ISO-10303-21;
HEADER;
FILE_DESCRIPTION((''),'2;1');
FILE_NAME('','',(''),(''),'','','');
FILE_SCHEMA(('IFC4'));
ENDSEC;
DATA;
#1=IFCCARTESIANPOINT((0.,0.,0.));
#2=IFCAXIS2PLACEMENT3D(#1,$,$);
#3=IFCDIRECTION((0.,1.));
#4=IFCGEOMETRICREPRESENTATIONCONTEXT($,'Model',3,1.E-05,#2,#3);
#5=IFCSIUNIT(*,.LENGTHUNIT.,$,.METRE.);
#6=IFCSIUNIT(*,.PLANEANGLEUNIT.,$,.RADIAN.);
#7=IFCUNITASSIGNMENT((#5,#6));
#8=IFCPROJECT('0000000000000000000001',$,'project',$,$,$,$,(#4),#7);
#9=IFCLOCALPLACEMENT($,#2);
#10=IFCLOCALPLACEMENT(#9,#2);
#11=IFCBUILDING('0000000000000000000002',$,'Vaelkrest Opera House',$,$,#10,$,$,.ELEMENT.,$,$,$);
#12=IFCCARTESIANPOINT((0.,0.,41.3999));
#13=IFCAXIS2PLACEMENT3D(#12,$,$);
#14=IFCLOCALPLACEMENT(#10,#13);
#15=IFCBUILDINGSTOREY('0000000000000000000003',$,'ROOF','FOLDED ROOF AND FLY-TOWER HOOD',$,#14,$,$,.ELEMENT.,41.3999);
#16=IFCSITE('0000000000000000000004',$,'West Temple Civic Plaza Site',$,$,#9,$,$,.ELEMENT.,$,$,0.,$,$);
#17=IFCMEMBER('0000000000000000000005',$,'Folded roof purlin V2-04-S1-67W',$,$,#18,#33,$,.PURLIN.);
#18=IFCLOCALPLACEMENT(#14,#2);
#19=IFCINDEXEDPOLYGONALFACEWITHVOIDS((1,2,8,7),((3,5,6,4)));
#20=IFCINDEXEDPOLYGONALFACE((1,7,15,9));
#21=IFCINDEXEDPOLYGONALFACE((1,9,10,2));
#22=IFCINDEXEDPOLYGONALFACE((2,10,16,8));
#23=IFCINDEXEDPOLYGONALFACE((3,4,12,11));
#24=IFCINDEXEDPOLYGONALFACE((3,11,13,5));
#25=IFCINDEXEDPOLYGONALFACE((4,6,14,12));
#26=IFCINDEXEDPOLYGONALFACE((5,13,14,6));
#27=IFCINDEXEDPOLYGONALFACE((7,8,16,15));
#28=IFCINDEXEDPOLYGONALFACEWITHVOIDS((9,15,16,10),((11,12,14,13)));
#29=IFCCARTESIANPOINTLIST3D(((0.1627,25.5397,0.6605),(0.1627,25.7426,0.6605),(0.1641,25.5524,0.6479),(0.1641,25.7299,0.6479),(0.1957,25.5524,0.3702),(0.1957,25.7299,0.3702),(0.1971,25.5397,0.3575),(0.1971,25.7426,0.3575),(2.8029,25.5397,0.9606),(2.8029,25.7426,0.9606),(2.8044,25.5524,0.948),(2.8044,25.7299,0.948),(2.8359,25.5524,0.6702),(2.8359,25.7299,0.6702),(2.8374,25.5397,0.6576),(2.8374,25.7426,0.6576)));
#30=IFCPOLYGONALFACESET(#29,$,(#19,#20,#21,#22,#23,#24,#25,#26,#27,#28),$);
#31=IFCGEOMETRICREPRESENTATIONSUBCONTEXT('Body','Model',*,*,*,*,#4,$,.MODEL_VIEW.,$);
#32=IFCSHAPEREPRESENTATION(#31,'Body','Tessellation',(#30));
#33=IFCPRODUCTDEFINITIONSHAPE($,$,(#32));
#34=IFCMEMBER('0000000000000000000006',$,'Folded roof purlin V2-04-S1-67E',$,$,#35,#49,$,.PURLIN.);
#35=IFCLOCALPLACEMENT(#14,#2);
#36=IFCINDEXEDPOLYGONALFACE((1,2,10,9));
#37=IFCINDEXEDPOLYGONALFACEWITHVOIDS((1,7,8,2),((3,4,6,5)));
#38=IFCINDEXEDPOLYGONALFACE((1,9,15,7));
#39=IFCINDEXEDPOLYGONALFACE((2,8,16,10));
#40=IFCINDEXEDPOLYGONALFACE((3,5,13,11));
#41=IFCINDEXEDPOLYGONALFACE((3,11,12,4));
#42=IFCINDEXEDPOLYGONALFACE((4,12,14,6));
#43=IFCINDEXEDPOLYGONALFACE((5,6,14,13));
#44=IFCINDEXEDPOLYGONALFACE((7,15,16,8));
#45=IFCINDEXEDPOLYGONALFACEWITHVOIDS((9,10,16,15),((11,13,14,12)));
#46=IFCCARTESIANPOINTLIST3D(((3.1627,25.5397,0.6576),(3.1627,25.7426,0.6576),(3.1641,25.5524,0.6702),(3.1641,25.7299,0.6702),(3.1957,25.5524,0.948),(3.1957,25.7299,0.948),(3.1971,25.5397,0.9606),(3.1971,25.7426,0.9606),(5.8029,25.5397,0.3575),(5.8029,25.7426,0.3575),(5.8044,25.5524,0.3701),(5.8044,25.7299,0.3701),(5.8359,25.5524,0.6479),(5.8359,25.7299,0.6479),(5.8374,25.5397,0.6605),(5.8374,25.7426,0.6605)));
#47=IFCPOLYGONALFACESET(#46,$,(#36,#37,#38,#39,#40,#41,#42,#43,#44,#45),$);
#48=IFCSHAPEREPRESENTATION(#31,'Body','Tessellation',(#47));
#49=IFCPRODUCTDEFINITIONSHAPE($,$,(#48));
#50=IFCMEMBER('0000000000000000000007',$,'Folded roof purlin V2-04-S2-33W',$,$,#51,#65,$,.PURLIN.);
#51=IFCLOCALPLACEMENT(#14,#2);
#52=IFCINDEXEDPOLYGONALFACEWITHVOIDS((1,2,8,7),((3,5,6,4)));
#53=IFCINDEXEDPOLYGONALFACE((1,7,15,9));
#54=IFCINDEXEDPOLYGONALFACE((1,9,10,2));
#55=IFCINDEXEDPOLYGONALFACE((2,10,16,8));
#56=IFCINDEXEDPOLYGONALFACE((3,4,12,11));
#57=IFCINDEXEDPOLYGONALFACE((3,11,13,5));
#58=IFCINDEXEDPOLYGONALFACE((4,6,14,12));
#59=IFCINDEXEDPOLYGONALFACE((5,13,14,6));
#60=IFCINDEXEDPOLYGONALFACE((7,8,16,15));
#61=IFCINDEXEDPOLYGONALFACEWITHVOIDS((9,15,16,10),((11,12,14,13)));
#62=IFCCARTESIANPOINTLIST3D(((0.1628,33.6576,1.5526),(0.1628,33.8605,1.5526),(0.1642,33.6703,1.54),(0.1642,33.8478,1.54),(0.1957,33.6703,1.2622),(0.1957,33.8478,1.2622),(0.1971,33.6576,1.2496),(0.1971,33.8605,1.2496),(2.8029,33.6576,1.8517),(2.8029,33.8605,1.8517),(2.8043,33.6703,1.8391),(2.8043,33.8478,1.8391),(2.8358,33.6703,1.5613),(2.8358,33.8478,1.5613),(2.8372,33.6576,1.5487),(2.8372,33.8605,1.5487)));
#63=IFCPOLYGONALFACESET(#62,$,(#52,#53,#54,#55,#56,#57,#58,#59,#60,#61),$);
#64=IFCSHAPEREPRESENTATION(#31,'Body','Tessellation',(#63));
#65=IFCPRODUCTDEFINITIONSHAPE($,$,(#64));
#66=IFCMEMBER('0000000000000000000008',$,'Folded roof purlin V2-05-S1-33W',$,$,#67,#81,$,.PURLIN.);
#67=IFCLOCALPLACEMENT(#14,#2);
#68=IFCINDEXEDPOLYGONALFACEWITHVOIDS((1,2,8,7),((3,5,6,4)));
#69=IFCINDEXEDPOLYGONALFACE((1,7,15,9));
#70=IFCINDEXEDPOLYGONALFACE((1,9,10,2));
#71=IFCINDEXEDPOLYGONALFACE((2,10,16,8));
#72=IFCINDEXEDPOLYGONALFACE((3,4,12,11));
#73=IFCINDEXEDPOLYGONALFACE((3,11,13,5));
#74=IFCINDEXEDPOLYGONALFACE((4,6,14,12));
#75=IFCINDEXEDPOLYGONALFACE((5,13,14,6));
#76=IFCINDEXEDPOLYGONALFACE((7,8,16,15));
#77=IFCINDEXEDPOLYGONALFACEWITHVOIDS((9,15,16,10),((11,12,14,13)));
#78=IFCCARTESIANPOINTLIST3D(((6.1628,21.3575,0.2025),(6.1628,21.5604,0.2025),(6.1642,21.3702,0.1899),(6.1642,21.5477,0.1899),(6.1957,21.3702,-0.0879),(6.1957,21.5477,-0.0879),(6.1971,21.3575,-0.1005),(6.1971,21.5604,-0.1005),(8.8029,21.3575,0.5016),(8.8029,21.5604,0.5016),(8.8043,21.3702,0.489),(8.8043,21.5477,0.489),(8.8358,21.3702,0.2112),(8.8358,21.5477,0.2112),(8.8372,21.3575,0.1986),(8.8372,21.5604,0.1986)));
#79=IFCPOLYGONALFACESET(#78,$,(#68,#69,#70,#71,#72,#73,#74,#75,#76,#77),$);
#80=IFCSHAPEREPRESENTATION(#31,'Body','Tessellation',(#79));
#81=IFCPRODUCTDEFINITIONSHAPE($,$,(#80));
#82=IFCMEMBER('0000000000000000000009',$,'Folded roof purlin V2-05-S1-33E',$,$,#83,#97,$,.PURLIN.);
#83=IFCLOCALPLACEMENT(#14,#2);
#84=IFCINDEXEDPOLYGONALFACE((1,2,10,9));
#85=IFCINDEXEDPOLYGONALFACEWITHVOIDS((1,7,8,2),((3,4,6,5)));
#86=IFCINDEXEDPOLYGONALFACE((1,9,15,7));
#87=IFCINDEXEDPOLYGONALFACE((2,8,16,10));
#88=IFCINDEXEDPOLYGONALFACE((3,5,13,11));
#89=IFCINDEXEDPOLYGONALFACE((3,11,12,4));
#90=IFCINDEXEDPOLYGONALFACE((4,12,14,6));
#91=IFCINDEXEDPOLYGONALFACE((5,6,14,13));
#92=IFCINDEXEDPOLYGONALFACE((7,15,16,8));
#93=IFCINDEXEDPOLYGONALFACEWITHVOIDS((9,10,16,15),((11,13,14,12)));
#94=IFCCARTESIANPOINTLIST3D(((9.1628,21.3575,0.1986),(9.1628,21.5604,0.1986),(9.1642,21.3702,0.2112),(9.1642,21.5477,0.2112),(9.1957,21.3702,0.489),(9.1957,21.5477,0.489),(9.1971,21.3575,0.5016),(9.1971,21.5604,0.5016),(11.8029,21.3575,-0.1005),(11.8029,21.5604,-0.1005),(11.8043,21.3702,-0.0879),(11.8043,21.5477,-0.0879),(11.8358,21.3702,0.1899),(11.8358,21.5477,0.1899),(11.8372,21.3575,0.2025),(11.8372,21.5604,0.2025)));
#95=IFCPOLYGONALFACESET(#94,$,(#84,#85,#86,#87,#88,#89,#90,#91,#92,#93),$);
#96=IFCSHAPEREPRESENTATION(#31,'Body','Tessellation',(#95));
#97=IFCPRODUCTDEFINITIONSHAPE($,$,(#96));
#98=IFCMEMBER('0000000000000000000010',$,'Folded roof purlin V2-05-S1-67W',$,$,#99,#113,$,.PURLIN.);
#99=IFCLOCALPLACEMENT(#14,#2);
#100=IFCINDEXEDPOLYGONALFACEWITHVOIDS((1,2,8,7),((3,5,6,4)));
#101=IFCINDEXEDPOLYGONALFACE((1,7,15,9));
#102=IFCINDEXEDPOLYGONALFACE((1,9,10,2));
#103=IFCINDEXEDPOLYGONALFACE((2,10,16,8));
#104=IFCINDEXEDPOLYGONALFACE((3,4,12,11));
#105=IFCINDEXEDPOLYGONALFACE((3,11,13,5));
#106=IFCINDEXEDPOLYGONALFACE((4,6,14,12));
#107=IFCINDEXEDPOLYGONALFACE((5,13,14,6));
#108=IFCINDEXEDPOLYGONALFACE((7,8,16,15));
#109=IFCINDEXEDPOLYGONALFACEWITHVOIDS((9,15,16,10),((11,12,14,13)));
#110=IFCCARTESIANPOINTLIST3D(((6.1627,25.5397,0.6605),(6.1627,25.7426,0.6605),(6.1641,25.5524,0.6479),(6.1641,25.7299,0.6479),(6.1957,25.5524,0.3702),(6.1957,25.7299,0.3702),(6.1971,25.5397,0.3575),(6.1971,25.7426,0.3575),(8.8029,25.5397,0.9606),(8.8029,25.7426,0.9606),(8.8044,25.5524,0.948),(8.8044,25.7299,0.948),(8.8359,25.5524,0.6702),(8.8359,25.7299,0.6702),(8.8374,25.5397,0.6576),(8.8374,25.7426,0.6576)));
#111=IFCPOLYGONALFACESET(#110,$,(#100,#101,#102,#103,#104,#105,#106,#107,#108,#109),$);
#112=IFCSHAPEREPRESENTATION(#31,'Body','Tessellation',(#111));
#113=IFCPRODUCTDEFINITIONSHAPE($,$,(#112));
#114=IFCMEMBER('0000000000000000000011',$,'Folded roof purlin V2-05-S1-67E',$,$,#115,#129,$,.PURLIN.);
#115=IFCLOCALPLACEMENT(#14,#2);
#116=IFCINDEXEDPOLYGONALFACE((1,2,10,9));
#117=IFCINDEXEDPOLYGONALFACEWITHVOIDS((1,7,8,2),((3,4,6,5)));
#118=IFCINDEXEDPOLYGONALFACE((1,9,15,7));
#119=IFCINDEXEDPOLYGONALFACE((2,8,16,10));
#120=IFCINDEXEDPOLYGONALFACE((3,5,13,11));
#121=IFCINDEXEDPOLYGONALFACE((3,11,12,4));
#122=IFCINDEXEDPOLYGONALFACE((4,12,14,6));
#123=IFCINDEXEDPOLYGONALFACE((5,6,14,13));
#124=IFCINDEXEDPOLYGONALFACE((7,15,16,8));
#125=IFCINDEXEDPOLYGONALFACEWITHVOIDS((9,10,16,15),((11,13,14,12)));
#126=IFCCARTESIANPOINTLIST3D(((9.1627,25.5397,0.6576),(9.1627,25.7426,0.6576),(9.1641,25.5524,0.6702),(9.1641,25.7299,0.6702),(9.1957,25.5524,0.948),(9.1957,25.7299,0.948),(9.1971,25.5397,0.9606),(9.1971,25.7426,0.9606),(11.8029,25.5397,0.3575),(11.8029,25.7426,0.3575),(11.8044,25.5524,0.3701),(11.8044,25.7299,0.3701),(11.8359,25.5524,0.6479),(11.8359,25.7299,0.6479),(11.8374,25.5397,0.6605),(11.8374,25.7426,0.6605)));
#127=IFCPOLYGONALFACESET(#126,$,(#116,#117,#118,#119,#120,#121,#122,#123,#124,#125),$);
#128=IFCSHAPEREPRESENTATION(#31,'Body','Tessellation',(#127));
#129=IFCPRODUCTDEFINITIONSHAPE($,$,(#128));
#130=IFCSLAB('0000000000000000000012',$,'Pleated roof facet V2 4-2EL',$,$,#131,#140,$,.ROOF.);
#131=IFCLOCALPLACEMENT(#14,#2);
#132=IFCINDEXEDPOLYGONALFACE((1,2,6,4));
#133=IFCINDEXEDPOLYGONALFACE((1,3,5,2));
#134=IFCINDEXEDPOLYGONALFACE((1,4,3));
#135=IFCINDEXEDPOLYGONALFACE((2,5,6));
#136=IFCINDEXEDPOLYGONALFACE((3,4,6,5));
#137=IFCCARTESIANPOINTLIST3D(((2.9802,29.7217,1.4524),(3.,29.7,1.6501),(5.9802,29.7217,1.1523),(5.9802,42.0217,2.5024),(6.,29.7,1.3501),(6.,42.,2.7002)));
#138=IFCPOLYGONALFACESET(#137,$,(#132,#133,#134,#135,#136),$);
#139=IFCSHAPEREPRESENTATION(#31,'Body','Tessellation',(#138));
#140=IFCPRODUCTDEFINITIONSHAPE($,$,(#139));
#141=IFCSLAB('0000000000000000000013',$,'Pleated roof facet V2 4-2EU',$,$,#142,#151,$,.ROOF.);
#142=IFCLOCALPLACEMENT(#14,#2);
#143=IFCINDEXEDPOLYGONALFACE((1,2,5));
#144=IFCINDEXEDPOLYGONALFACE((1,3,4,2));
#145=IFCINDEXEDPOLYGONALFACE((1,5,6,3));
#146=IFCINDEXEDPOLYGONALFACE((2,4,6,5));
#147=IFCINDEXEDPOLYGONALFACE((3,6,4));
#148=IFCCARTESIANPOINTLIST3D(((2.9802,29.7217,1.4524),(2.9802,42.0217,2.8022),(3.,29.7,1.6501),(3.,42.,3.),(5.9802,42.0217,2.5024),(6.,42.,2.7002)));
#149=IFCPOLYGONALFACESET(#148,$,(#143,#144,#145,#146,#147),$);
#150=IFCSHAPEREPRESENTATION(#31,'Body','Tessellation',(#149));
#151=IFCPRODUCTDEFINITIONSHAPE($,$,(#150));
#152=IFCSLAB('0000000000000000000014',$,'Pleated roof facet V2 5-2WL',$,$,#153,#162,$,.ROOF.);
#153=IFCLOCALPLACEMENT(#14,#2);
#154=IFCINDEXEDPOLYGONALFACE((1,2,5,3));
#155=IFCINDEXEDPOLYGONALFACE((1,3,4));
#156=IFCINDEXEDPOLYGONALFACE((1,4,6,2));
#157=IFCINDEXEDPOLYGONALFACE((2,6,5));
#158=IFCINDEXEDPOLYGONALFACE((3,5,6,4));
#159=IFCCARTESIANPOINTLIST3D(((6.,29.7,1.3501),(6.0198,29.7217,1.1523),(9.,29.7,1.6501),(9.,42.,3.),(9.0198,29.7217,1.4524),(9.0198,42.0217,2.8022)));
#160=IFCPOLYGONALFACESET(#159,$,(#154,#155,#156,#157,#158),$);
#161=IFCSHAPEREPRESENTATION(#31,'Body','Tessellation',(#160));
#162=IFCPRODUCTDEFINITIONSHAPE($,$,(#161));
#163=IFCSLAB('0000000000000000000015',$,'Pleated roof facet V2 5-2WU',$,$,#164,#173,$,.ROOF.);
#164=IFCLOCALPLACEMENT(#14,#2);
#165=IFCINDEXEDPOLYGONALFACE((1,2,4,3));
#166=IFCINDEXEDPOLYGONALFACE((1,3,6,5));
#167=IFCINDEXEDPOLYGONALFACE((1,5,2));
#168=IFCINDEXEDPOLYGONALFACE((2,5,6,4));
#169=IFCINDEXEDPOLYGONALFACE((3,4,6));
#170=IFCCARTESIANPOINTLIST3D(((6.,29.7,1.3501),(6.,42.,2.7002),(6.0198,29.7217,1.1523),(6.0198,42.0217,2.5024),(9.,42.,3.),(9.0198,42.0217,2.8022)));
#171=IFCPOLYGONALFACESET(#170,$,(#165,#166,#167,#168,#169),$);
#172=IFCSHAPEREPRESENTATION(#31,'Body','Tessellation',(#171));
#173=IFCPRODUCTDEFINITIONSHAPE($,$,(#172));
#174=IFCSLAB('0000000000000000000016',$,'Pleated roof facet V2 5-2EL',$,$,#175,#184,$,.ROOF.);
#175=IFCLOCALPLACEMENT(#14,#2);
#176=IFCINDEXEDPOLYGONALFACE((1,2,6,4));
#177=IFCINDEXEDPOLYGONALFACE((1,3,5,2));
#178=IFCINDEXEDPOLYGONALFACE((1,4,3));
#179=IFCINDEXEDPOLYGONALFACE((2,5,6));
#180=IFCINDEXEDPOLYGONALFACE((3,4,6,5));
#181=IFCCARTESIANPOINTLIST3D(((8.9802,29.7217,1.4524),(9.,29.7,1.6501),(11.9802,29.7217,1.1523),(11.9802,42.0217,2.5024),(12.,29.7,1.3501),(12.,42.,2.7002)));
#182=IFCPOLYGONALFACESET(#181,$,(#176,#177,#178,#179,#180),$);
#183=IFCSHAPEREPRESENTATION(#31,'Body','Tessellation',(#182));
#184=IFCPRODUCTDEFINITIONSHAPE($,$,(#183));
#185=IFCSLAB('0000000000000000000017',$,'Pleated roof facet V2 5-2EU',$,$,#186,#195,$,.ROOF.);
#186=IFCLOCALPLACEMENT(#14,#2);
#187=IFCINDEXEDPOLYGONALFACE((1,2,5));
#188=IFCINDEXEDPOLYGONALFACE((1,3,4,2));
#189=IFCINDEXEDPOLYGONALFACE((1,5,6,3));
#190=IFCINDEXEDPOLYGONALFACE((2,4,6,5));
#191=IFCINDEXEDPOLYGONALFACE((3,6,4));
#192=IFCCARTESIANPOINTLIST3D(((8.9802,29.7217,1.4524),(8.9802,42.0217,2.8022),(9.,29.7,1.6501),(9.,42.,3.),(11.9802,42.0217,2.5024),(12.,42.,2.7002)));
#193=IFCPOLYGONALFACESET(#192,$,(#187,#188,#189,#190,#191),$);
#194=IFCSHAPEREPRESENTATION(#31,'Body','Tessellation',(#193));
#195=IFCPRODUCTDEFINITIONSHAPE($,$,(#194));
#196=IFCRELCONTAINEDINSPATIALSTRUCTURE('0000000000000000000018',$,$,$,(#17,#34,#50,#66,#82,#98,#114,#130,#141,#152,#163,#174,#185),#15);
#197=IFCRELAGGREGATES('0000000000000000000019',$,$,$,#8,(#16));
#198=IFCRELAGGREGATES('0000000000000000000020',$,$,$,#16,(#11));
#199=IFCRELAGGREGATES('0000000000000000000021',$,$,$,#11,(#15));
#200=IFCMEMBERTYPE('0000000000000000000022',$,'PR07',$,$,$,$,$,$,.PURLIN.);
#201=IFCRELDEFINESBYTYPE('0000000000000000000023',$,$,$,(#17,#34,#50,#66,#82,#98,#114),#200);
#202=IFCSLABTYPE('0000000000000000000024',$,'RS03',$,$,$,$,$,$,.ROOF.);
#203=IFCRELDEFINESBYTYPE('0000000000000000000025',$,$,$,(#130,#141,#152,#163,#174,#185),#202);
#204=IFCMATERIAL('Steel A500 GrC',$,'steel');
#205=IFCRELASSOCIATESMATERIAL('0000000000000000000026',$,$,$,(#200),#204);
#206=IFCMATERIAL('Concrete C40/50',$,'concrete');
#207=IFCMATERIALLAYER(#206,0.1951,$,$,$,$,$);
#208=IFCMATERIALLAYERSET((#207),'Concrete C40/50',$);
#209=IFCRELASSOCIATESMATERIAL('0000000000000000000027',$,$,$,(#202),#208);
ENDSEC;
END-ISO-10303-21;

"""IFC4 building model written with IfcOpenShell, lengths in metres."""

from ifc_helpers import new_model, si_unit, direction, frame, origin, origin_2d, place, context, subcontext, project, spatial, polyline, hollow_rectangle, outline, extrude, material, layer, layer_set, material_profile, profile_set, type_object, element, save


model = new_model("IFC4")

# Units and contexts
model_context = context("Model", 3, precision=1e-05, world=origin(), true_north=direction((0.0, 1.0)))
body_context = subcontext(model_context, "Body", "Model", "MODEL_VIEW")
ifc_project = project(units=[si_unit("LENGTHUNIT", "METRE"), si_unit("PLANEANGLEUNIT", "RADIAN")], contexts=[model_context])

# Site, building, storey
site_placement = place(None, origin())
site = spatial("IfcSite", under=ifc_project, at=site_placement, Name="West Temple Civic Plaza Site", CompositionType="ELEMENT", RefElevation=0.0)
building_placement = place(site_placement, origin())
building = spatial("IfcBuilding", under=site, at=building_placement, Name="Vaelkrest Opera House", CompositionType="ELEMENT")
storey_placement = place(building_placement, frame((0.0, 0.0, 41.3999)))
storey = spatial("IfcBuildingStorey", under=building, at=storey_placement, Name="ROOF", Description="FOLDED ROOF AND FLY-TOWER HOOD", CompositionType="ELEMENT", Elevation=41.3999)

# Members
ifc_material_1 = material(Name="Steel A500 GrC", Category="steel")
ifc_material_profile = material_profile(ifc_material_1, hollow_rectangle(XDim=0.2029, YDim=0.3049, WallThickness=0.0127, at=origin_2d()), Name="HSS305X203X12.7")
ifc_profile_set = profile_set([ifc_material_profile], Name="Steel A500 GrC")
member_type = type_object("IfcMemberType", Name="PR07", PredefinedType="PURLIN", material=ifc_profile_set)
for number, where, z_axis, x_axis, name in (
    (1, (0.1799, 25.6411, 0.509), (0.993604, 0.0, 0.112922), (0.0, 1.0, 0.0), "Folded roof purlin V2-04-S1-67W"),
    (2, (3.1799, 25.6411, 0.8091), (0.993604, 0.0, -0.112922), (0.0, 1.0, 0.0), "Folded roof purlin V2-04-S1-67E"),
):
    element("IfcMember", number, at=place(storey_placement, frame(where, z_axis=z_axis, x_axis=x_axis)), inside=storey, type_object=member_type, Name=name, PredefinedType="PURLIN", context=body_context, shape_type="SweptSolid", body=[
        extrude(hollow_rectangle(XDim=0.2029, YDim=0.3049, WallThickness=0.0127, at=origin_2d()), origin(), (0.0, 0.0, 1.0), 2.6572),
    ])
for number, where, z_axis, x_axis, name in (
    (3, (0.1799, 33.759, 1.4011), (0.993645, 0.0, 0.112559), (0.0, 1.0, 0.0), "Folded roof purlin V2-04-S2-33W"),
    (4, (6.1799, 21.459, 0.051), (0.993645, 0.0, 0.112559), (0.0, 1.0, 0.0), "Folded roof purlin V2-05-S1-33W"),
    (5, (9.1799, 21.459, 0.3501), (0.993645, 0.0, -0.112559), (0.0, 1.0, 0.0), "Folded roof purlin V2-05-S1-33E"),
):
    element("IfcMember", number, at=place(storey_placement, frame(where, z_axis=z_axis, x_axis=x_axis)), inside=storey, type_object=member_type, Name=name, PredefinedType="PURLIN", context=body_context, shape_type="SweptSolid", body=[
        extrude(hollow_rectangle(XDim=0.2029, YDim=0.3049, WallThickness=0.0127, at=origin_2d()), origin(), (0.0, 0.0, 1.0), 2.657),
    ])
for number, where, z_axis, x_axis, name in (
    (6, (6.1799, 25.6411, 0.509), (0.993604, 0.0, 0.112922), (0.0, 1.0, 0.0), "Folded roof purlin V2-05-S1-67W"),
    (7, (9.1799, 25.6411, 0.8091), (0.993604, 0.0, -0.112922), (0.0, 1.0, 0.0), "Folded roof purlin V2-05-S1-67E"),
):
    element("IfcMember", number, at=place(storey_placement, frame(where, z_axis=z_axis, x_axis=x_axis)), inside=storey, type_object=member_type, Name=name, PredefinedType="PURLIN", context=body_context, shape_type="SweptSolid", body=[
        extrude(hollow_rectangle(XDim=0.2029, YDim=0.3049, WallThickness=0.0127, at=origin_2d()), origin(), (0.0, 0.0, 1.0), 2.6572),
    ])

# Slabs
ifc_material_2 = material(Name="Concrete C40/50", Category="concrete")
ifc_layer_1 = layer(ifc_material_2, 0.1951)
ifc_layer_set_1 = layer_set([ifc_layer_1], Name="Concrete C40/50")
slab_type = type_object("IfcSlabType", Name="RS03", PredefinedType="ROOF", material=ifc_layer_set_1)
slab_1_placement = place(storey_placement, frame((3.0, 29.7, 1.6501), z_axis=(0.098931, -0.108573, 0.989153), x_axis=(0.995036, 0.0, -0.09952)))
element("IfcSlab", 8, at=slab_1_placement, inside=storey, type_object=slab_type, Name="Pleated roof facet V2 4-2EL", PredefinedType="ROOF", context=body_context, shape_type="SweptSolid", body=[
    extrude(outline(polyline([(0.0, 0.0), (3.015, 0.0), (2.8806, 12.3732), (0.0, 0.0)])), origin(), (0.0, 0.0, -1.0), 0.2),
])
slab_2_placement = place(storey_placement, frame((3.0, 29.7, 1.6501), z_axis=(0.098852, -0.108555, 0.989163), x_axis=(0.236144, 0.968196, 0.082654)))
element("IfcSlab", 9, at=slab_2_placement, inside=storey, type_object=slab_type, Name="Pleated roof facet V2 4-2EU", PredefinedType="ROOF", context=body_context, shape_type="SweptSolid", body=[
    extrude(outline(polyline([(0.0, 0.0), (12.7041, 0.0), (12.0204, 2.9364), (0.0, 0.0)])), origin(), (0.0, 0.0, -1.0), 0.2),
])
slab_3_placement = place(storey_placement, frame((6.0, 29.7, 1.3501), z_axis=(-0.098932, -0.108554, 0.989156), x_axis=(0.995036, 0.0, 0.09952)))
element("IfcSlab", 10, at=slab_3_placement, inside=storey, type_object=slab_type, Name="Pleated roof facet V2 5-2WL", PredefinedType="ROOF", context=body_context, shape_type="SweptSolid", body=[
    extrude(outline(polyline([(0.0, 0.0), (3.015, 0.0), (3.1493, 12.3732), (0.0, 0.0)])), origin(), (0.0, 0.0, -1.0), 0.2),
])
slab_4_placement = place(storey_placement, frame((6.0, 29.7, 1.3501), z_axis=(-0.098852, -0.108574, 0.989161), x_axis=(0.234968, 0.963375, 0.129225)))
element("IfcSlab", 11, at=slab_4_placement, inside=storey, type_object=slab_type, Name="Pleated roof facet V2 5-2WU", PredefinedType="ROOF", context=body_context, shape_type="SweptSolid", body=[
    extrude(outline(polyline([(0.0, 0.0), (12.7677, 0.0), (12.024, 2.9218), (0.0, 0.0)])), origin(), (0.0, 0.0, -1.0), 0.2),
])
slab_5_placement = place(storey_placement, frame((9.0, 29.7, 1.6501), z_axis=(0.098931, -0.108573, 0.989153), x_axis=(0.995036, 0.0, -0.09952)))
element("IfcSlab", 12, at=slab_5_placement, inside=storey, type_object=slab_type, Name="Pleated roof facet V2 5-2EL", PredefinedType="ROOF", context=body_context, shape_type="SweptSolid", body=[
    extrude(outline(polyline([(0.0, 0.0), (3.015, 0.0), (2.8806, 12.3732), (0.0, 0.0)])), origin(), (0.0, 0.0, -1.0), 0.2),
])
slab_6_placement = place(storey_placement, frame((9.0, 29.7, 1.6501), z_axis=(0.098852, -0.108555, 0.989163), x_axis=(0.236144, 0.968196, 0.082654)))
element("IfcSlab", 13, at=slab_6_placement, inside=storey, type_object=slab_type, Name="Pleated roof facet V2 5-2EU", PredefinedType="ROOF", context=body_context, shape_type="SweptSolid", body=[
    extrude(outline(polyline([(0.0, 0.0), (12.7041, 0.0), (12.0204, 2.9364), (0.0, 0.0)])), origin(), (0.0, 0.0, -1.0), 0.2),
])

save(model, "model.ifc")
